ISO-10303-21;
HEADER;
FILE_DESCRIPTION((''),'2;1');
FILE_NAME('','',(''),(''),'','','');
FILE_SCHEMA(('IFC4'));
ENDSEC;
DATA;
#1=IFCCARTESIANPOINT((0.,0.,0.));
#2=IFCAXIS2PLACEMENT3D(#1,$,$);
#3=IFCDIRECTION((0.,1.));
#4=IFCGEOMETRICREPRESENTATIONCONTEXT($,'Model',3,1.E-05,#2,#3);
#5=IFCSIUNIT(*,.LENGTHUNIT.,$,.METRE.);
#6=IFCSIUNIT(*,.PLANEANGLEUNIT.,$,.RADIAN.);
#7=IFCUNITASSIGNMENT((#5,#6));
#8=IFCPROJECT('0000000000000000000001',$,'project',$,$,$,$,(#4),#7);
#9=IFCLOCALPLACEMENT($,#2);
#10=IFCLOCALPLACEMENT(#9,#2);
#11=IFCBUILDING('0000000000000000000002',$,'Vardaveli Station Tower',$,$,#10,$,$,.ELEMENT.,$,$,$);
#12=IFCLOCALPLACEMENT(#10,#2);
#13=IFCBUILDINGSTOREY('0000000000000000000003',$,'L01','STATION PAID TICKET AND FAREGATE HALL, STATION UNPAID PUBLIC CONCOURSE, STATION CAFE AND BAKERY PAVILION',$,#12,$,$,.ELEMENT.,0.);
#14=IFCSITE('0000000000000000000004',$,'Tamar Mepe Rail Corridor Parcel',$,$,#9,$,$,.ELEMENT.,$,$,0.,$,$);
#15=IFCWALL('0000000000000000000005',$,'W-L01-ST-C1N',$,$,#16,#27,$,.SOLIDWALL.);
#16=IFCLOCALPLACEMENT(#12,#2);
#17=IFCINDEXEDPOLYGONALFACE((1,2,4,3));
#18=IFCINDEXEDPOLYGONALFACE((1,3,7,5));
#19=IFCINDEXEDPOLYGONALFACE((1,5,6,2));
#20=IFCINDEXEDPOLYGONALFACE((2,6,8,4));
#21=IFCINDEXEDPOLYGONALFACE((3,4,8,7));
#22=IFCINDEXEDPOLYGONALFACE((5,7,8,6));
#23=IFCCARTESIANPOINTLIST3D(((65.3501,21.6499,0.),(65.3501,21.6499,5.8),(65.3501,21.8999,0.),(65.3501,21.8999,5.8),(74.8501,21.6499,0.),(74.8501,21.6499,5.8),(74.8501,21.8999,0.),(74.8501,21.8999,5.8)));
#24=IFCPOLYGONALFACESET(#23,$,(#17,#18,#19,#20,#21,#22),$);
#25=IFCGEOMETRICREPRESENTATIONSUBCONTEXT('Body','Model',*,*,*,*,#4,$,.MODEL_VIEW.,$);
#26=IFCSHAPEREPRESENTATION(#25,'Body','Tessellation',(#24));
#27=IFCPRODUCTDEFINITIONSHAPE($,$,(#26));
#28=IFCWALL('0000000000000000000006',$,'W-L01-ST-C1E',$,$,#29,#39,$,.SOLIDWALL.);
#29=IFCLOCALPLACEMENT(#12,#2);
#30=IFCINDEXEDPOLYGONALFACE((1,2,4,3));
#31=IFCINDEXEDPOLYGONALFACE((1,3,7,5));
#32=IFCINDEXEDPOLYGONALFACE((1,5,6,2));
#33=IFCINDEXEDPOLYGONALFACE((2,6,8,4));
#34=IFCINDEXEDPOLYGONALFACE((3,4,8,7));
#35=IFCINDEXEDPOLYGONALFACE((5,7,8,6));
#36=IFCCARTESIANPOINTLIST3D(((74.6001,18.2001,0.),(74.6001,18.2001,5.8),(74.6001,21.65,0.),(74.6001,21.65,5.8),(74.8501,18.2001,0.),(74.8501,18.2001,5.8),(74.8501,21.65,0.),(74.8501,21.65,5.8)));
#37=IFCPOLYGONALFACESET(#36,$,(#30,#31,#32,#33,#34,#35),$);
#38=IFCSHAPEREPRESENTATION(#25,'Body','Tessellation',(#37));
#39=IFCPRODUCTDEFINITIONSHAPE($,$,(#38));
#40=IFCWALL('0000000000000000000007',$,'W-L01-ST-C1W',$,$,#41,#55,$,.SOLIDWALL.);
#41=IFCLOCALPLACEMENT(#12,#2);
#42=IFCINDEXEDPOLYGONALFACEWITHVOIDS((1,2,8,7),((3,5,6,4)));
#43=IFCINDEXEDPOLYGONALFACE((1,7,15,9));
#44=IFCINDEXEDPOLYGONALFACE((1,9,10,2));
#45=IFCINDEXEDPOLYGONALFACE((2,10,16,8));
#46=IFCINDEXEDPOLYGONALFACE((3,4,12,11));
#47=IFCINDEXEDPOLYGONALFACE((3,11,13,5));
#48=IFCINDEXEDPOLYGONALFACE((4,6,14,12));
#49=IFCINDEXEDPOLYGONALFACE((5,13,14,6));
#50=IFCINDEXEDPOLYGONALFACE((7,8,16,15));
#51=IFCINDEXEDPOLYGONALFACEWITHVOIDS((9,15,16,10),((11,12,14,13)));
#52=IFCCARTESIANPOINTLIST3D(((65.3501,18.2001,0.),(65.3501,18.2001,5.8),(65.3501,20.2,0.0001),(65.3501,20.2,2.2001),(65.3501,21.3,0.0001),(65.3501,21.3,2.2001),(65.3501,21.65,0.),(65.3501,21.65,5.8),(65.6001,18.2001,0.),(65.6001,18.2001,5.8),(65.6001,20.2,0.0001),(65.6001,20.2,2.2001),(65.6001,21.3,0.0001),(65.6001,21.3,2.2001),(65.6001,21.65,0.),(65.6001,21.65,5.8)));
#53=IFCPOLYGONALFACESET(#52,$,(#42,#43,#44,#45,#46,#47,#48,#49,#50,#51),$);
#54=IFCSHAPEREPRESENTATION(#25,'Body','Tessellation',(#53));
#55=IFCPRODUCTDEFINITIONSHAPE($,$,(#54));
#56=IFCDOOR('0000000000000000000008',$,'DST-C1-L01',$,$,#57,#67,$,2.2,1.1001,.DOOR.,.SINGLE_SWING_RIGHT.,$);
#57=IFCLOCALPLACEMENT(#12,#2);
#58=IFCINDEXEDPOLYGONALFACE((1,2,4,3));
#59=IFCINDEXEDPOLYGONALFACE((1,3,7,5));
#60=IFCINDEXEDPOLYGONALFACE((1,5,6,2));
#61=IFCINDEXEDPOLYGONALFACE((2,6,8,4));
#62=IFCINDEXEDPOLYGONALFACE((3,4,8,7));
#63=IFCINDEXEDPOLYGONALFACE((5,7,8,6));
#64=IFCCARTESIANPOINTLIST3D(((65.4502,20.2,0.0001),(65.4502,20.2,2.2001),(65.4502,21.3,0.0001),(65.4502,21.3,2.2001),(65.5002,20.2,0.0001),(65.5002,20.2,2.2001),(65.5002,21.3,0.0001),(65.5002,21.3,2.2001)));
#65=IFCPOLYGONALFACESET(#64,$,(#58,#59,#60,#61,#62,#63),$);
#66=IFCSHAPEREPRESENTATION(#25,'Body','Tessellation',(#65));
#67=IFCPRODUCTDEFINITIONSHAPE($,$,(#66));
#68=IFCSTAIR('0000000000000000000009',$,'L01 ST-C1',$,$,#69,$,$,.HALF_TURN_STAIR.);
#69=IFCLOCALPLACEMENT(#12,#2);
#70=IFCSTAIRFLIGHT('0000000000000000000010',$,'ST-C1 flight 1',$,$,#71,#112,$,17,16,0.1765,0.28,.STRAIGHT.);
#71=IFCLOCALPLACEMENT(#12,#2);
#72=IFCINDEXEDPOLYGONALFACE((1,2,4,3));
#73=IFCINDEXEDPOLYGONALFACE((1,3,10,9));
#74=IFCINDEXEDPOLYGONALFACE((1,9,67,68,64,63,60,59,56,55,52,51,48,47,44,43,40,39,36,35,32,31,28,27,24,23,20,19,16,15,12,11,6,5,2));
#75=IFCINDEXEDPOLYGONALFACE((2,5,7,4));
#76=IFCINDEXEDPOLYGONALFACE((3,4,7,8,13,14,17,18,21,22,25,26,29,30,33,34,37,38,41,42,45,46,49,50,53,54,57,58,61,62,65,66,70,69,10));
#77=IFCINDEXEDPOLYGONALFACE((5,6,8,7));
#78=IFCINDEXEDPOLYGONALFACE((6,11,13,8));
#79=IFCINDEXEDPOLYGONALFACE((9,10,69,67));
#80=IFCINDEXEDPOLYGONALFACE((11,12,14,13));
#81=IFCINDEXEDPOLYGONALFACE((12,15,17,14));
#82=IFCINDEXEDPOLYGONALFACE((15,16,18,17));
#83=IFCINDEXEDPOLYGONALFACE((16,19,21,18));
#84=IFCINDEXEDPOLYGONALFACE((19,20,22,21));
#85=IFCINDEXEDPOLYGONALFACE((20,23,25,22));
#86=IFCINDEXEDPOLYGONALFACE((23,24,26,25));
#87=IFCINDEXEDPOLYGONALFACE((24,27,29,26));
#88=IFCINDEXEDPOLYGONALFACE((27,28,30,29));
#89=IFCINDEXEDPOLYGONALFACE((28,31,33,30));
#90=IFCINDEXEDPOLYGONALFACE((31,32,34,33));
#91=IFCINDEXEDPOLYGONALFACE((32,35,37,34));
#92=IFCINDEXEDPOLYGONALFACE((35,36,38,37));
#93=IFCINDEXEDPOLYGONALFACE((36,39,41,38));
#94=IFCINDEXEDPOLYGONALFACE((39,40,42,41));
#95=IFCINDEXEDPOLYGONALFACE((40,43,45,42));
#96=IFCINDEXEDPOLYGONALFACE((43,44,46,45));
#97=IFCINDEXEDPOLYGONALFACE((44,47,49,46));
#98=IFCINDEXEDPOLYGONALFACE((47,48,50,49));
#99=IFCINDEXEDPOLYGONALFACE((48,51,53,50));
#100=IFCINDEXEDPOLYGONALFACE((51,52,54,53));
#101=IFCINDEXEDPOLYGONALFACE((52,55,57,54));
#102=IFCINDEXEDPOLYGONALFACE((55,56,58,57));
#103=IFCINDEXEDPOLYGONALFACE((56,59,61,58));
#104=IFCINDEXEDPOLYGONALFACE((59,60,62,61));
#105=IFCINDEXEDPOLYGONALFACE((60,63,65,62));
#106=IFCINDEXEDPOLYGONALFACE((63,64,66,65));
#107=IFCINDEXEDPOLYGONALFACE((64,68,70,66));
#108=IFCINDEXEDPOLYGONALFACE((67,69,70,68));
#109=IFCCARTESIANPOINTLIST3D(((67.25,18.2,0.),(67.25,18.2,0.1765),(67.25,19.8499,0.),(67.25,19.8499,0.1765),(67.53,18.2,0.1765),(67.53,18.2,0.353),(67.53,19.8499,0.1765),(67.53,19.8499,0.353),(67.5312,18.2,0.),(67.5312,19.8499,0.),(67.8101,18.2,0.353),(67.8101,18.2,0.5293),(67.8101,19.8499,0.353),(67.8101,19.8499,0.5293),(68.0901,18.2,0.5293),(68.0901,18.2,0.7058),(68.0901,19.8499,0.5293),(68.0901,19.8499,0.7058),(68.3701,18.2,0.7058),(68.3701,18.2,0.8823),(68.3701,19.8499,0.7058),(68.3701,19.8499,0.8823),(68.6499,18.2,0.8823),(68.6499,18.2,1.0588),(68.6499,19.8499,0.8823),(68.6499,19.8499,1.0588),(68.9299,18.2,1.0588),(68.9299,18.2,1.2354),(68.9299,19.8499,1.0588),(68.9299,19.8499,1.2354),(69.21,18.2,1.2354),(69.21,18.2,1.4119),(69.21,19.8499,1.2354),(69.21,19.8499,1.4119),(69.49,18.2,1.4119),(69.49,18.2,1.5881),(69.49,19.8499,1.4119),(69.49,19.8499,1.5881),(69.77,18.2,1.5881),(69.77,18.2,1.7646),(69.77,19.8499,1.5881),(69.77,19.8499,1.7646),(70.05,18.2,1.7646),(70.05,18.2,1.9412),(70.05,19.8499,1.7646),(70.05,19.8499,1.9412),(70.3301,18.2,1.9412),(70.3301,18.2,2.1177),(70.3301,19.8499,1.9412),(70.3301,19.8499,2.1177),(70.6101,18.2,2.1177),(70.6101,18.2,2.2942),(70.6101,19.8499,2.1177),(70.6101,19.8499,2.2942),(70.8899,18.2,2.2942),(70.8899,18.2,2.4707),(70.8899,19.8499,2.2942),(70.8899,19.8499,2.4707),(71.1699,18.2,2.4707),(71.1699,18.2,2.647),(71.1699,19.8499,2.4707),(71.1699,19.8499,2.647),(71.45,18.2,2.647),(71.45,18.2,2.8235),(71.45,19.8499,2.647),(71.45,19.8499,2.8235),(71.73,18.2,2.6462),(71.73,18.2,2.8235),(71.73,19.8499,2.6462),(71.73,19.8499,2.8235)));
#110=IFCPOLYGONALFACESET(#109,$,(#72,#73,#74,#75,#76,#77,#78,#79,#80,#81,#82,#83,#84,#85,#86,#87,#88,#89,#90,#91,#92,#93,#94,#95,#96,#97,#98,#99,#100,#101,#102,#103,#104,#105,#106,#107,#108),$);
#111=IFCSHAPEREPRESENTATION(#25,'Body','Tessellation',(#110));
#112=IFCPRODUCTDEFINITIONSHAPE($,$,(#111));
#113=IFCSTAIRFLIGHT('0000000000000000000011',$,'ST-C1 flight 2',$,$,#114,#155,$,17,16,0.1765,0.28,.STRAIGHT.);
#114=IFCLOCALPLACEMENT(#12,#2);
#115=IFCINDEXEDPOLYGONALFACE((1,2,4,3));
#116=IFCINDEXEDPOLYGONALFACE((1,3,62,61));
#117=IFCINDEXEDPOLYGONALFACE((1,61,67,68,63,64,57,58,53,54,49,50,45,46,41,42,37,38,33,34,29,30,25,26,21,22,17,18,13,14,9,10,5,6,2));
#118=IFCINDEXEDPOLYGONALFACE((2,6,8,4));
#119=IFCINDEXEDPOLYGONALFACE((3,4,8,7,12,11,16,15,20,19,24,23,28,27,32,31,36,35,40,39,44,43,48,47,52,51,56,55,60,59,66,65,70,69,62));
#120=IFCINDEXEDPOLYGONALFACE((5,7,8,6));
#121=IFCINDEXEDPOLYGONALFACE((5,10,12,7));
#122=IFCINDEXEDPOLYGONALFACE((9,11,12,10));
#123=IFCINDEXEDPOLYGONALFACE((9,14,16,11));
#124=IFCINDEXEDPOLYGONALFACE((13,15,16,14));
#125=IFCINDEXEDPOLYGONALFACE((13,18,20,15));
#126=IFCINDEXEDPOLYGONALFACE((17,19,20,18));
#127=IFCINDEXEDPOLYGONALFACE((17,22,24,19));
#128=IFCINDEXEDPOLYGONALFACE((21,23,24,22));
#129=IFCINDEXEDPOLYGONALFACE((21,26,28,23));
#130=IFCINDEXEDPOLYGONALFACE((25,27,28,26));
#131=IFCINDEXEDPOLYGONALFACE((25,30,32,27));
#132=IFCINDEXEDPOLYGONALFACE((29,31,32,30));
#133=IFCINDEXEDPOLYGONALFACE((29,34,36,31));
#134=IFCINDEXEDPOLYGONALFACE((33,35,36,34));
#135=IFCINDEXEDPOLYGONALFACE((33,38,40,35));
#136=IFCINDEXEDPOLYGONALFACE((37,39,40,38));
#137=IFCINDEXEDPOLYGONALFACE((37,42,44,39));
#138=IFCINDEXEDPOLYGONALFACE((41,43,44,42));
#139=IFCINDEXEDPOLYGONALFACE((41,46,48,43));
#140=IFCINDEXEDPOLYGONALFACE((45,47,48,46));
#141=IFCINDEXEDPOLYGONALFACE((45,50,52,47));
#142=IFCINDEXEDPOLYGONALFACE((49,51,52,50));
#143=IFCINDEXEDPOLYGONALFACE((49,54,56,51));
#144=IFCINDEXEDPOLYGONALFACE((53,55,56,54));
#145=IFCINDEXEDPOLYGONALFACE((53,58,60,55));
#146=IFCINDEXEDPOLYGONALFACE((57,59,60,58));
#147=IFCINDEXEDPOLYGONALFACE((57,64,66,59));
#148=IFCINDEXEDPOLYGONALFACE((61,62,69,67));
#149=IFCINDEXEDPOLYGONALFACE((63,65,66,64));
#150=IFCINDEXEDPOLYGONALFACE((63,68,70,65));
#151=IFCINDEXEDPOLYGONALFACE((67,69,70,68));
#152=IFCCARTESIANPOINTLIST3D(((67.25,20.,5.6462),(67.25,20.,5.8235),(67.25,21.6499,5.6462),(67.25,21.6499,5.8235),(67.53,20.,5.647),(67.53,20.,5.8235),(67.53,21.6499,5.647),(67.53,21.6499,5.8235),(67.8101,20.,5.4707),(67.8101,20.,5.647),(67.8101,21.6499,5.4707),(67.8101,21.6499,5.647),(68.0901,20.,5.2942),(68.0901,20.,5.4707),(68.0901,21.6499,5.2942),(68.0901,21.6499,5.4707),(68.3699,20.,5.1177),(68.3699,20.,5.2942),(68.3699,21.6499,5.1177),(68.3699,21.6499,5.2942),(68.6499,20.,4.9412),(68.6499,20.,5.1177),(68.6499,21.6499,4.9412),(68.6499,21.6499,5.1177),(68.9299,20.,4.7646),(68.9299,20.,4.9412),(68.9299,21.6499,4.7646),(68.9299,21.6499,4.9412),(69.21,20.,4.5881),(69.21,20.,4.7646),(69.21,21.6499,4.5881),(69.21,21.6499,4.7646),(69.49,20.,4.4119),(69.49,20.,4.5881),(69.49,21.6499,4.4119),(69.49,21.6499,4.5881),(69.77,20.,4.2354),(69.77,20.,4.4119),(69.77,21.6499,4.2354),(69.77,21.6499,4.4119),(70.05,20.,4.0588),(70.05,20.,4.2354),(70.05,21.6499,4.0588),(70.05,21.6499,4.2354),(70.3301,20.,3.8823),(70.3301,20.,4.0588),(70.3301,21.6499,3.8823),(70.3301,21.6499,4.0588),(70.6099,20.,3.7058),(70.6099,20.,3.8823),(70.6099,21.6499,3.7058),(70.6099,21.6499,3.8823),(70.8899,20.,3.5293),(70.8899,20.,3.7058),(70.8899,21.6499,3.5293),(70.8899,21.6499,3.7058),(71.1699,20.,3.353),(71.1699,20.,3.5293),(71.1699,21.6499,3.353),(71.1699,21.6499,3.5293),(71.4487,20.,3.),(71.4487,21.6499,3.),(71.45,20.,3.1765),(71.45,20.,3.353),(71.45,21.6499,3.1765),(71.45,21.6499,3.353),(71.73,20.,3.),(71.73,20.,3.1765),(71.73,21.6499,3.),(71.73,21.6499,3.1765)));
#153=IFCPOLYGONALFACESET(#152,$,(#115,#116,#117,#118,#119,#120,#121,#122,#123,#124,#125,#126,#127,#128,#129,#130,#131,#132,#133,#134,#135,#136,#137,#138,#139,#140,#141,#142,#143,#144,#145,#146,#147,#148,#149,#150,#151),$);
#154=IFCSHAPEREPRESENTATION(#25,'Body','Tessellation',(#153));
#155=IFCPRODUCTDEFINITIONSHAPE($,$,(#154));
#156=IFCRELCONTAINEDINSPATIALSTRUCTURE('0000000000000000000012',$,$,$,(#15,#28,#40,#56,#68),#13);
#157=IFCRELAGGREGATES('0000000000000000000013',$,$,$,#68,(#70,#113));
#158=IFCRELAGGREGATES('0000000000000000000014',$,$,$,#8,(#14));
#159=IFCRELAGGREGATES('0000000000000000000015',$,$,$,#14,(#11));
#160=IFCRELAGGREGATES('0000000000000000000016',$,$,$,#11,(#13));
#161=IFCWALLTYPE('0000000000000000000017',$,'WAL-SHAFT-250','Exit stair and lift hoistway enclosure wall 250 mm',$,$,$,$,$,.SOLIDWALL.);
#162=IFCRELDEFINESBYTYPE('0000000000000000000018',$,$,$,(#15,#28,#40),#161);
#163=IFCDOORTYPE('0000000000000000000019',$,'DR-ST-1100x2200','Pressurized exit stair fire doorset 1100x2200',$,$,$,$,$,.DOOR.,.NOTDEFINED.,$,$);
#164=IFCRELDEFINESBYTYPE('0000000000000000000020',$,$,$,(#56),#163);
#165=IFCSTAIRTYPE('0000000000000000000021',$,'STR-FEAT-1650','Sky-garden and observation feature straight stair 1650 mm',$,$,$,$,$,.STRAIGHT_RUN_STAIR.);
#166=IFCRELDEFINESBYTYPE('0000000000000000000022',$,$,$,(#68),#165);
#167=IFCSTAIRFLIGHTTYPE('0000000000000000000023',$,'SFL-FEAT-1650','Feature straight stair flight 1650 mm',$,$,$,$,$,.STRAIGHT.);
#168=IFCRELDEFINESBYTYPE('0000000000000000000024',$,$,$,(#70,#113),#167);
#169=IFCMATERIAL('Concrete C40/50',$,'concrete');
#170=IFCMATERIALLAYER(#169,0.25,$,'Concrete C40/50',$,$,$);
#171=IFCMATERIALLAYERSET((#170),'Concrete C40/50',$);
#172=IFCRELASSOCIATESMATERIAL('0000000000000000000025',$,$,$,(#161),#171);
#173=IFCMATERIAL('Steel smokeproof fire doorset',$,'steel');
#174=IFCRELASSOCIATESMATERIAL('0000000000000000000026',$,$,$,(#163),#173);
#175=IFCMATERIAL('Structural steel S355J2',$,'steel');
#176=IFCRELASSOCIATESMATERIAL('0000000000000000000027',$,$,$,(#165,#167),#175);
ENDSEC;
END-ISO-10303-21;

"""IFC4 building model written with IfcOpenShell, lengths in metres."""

from ifc_helpers import new_model, si_unit, direction, frame, frame_2d, origin, place, context, subcontext, project, spatial, polyline, rectangle, outline, extrude, source, transform, mapped, material, layer, layer_set, type_object, element, fill, aggregate, save


model = new_model("IFC4")

# Units and contexts
model_context = context("Model", 3, precision=1e-05, world=origin(), true_north=direction((0.0, 1.0)))
body_context = subcontext(model_context, "Body", "Model", "MODEL_VIEW")
ifc_project = project(units=[si_unit("LENGTHUNIT", "METRE"), si_unit("PLANEANGLEUNIT", "RADIAN")], contexts=[model_context])

# Site, building, storey
site_placement = place(None, origin())
site = spatial("IfcSite", under=ifc_project, at=site_placement, Name="Tamar Mepe Rail Corridor Parcel", CompositionType="ELEMENT", RefElevation=0.0)
building_placement = place(site_placement, origin())
building = spatial("IfcBuilding", under=site, at=building_placement, Name="Vardaveli Station Tower", CompositionType="ELEMENT")
storey_placement = place(building_placement, origin())
storey = spatial("IfcBuildingStorey", under=building, at=storey_placement, Name="L01", Description="STATION PAID TICKET AND FAREGATE HALL, STATION UNPAID PUBLIC CONCOURSE, STATION CAFE AND BAKERY PAVILION", CompositionType="ELEMENT", Elevation=0.0)

# Shared definitions
ifc_material_1 = material(Name="Structural steel S355J2", Category="steel")

# Walls
ifc_material_2 = material(Name="Concrete C40/50", Category="concrete")
ifc_layer_1 = layer(ifc_material_2, 0.25, Name="Concrete C40/50")
ifc_layer_set_1 = layer_set([ifc_layer_1], Name="Concrete C40/50")
wall_type_1 = type_object("IfcWallType", Name="WAL-SHAFT-250", Description="Exit stair and lift hoistway enclosure wall 250 mm", PredefinedType="SOLIDWALL", material=ifc_layer_set_1)
shared_shape_1 = source(origin(), body_context, "Body", "SweptSolid", [
    extrude(rectangle(XDim=9.5, YDim=0.25, at=frame_2d((4.75, 0.0))), origin(), (0.0, 0.0, 1.0), 5.8),
])
wall_1_placement = place(storey_placement, frame((65.3501, 21.7749, 0.0), z_axis=(0.0, 0.0, 1.0), x_axis=(1.0, 0.0, 0.0)))
element("IfcWall", 1, at=wall_1_placement, inside=storey, type_object=wall_type_1, Name="W-L01-ST-C1N", PredefinedType="SOLIDWALL", context=body_context, shape_type="MappedRepresentation", body=[
    mapped(shared_shape_1, transform((0.0, 0.0, 0.0), scale=1.0)),
])
shared_shape_2 = source(origin(), body_context, "Body", "SweptSolid", [
    extrude(rectangle(XDim=3.45, YDim=0.25, at=frame_2d((1.7251, 0.0))), origin(), (0.0, 0.0, 1.0), 5.8),
])
wall_2_placement = place(storey_placement, frame((74.7251, 18.2, 0.0), z_axis=(0.0, 0.0, 1.0), x_axis=(0.0, 1.0, 0.0)))
element("IfcWall", 2, at=wall_2_placement, inside=storey, type_object=wall_type_1, Name="W-L01-ST-C1E", PredefinedType="SOLIDWALL", context=body_context, shape_type="MappedRepresentation", body=[
    mapped(shared_shape_2, transform((0.0, 0.0, 0.0), scale=1.0)),
])

# Wall, opening, door
wall_3_placement = place(storey_placement, frame((65.4751, 18.2, 0.0), z_axis=(0.0, 0.0, 1.0), x_axis=(0.0, 1.0, 0.0)))
wall_3 = element("IfcWall", 3, at=wall_3_placement, inside=storey, type_object=wall_type_1, Name="W-L01-ST-C1W", PredefinedType="SOLIDWALL", context=body_context, shape_type="MappedRepresentation", body=[
    mapped(shared_shape_2, transform((0.0, 0.0, 0.0), scale=1.0)),
])
shared_shape_3 = source(origin(), body_context, "Body", "SweptSolid", [
    extrude(rectangle(XDim=1.1001, YDim=2.2, at=frame_2d((0.55, 1.1001))), frame((0.0, 0.135, 0.0), z_axis=(0.0, -1.0, 0.0), x_axis=(1.0, 0.0, 0.0)), (0.0, 0.0, 1.0), 0.27),
])
opening_1_placement = place(wall_3_placement, frame((2.0, 0.0, 0.0)))
opening_1 = element("IfcOpeningElement", 4, at=opening_1_placement, cuts=wall_3, PredefinedType="OPENING", context=body_context, shape_type="MappedRepresentation", body=[
    mapped(shared_shape_3, transform((0.0, 0.0, 0.0), scale=1.0)),
])
ifc_material_3 = material(Name="Steel smokeproof fire doorset", Category="steel")
door_type_1 = type_object("IfcDoorType", Name="DR-ST-1100x2200", Description="Pressurized exit stair fire doorset 1100x2200", OperationType="NOTDEFINED", PredefinedType="DOOR", material=ifc_material_3)
shared_shape_4 = source(origin(), body_context, "Body", "SweptSolid", [
    extrude(rectangle(XDim=1.1001, YDim=2.2, at=frame_2d((0.55, 1.1001))), frame((0.0, 0.0249, 0.0), z_axis=(0.0, -1.0, 0.0), x_axis=(1.0, 0.0, 0.0)), (0.0, 0.0, 1.0), 0.05),
])
door_1_placement = place(opening_1_placement, origin())
door_1 = element("IfcDoor", 5, at=door_1_placement, inside=storey, type_object=door_type_1, Name="DST-C1-L01", OperationType="SINGLE_SWING_RIGHT", OverallHeight=2.2, OverallWidth=1.1001, PredefinedType="DOOR", context=body_context, shape_type="MappedRepresentation", body=[
    mapped(shared_shape_4, transform((0.0, 0.0, 0.0), scale=1.0)),
])
fill(opening_1, door_1)

# Stair, stair flights
stair_type = type_object("IfcStairType", Name="STR-FEAT-1650", Description="Sky-garden and observation feature straight stair 1650 mm", PredefinedType="STRAIGHT_RUN_STAIR", material=ifc_material_1)
stair_placement = place(storey_placement, origin())
stair = element("IfcStair", 6, at=stair_placement, inside=storey, type_object=stair_type, Name="L01 ST-C1", PredefinedType="HALF_TURN_STAIR")
stair_flight_type = type_object("IfcStairFlightType", Name="SFL-FEAT-1650", Description="Feature straight stair flight 1650 mm", PredefinedType="STRAIGHT", material=ifc_material_1)
shared_shape_5 = source(origin(), body_context, "Body", "SweptSolid", [
    extrude(outline(polyline([(0.0, 0.0), (0.0, 0.1765), (0.28, 0.1765), (0.28, 0.353), (0.5601, 0.353), (0.5601, 0.5293), (0.8401, 0.5293), (0.8401, 0.7058), (1.1201, 0.7058), (1.1201, 0.8823), (1.3999, 0.8823), (1.3999, 1.0588), (1.6799, 1.0588), (1.6799, 1.2354), (1.96, 1.2354), (1.96, 1.4119), (2.24, 1.4119), (2.24, 1.5881), (2.52, 1.5881), (2.52, 1.7646), (2.8, 1.7646), (2.8, 1.9412), (3.0801, 1.9412), (3.0801, 2.1177), (3.3601, 2.1177), (3.3601, 2.2942), (3.6399, 2.2942), (3.6399, 2.4707), (3.9199, 2.4707), (3.9199, 2.647), (4.2, 2.647), (4.2, 2.8235), (4.48, 2.8235), (4.48, 3.0), (4.48, 2.6462), (0.2812, 0.0), (0.0, 0.0)])), frame((0.0, 0.825, 0.0), z_axis=(0.0, -1.0, 0.0), x_axis=(1.0, 0.0, 0.0)), (0.0, 0.0, 1.0), 1.6499),
])
stair_flight_1_placement = place(storey_placement, frame((67.25, 19.0249, 0.0), z_axis=(0.0, 0.0, 1.0), x_axis=(1.0, 0.0, 0.0)))
stair_flight_1 = element("IfcStairFlight", 7, at=stair_flight_1_placement, type_object=stair_flight_type, Name="ST-C1 flight 1", NumberOfRisers=17, NumberOfTreads=16, PredefinedType="STRAIGHT", RiserHeight=0.1765, TreadLength=0.28, context=body_context, shape_type="MappedRepresentation", body=[
    mapped(shared_shape_5, transform((0.0, 0.0, 0.0), scale=1.0)),
])
stair_flight_2_placement = place(storey_placement, frame((71.73, 20.825, 3.0), z_axis=(0.0, 0.0, 1.0), x_axis=(-1.0, 0.0, 0.0)))
stair_flight_2 = element("IfcStairFlight", 8, at=stair_flight_2_placement, type_object=stair_flight_type, Name="ST-C1 flight 2", NumberOfRisers=17, NumberOfTreads=16, PredefinedType="STRAIGHT", RiserHeight=0.1765, TreadLength=0.28, context=body_context, shape_type="MappedRepresentation", body=[
    mapped(shared_shape_5, transform((0.0, 0.0, 0.0), scale=1.0)),
])
aggregate(stair, [stair_flight_1, stair_flight_2])

save(model, "model.ifc")
